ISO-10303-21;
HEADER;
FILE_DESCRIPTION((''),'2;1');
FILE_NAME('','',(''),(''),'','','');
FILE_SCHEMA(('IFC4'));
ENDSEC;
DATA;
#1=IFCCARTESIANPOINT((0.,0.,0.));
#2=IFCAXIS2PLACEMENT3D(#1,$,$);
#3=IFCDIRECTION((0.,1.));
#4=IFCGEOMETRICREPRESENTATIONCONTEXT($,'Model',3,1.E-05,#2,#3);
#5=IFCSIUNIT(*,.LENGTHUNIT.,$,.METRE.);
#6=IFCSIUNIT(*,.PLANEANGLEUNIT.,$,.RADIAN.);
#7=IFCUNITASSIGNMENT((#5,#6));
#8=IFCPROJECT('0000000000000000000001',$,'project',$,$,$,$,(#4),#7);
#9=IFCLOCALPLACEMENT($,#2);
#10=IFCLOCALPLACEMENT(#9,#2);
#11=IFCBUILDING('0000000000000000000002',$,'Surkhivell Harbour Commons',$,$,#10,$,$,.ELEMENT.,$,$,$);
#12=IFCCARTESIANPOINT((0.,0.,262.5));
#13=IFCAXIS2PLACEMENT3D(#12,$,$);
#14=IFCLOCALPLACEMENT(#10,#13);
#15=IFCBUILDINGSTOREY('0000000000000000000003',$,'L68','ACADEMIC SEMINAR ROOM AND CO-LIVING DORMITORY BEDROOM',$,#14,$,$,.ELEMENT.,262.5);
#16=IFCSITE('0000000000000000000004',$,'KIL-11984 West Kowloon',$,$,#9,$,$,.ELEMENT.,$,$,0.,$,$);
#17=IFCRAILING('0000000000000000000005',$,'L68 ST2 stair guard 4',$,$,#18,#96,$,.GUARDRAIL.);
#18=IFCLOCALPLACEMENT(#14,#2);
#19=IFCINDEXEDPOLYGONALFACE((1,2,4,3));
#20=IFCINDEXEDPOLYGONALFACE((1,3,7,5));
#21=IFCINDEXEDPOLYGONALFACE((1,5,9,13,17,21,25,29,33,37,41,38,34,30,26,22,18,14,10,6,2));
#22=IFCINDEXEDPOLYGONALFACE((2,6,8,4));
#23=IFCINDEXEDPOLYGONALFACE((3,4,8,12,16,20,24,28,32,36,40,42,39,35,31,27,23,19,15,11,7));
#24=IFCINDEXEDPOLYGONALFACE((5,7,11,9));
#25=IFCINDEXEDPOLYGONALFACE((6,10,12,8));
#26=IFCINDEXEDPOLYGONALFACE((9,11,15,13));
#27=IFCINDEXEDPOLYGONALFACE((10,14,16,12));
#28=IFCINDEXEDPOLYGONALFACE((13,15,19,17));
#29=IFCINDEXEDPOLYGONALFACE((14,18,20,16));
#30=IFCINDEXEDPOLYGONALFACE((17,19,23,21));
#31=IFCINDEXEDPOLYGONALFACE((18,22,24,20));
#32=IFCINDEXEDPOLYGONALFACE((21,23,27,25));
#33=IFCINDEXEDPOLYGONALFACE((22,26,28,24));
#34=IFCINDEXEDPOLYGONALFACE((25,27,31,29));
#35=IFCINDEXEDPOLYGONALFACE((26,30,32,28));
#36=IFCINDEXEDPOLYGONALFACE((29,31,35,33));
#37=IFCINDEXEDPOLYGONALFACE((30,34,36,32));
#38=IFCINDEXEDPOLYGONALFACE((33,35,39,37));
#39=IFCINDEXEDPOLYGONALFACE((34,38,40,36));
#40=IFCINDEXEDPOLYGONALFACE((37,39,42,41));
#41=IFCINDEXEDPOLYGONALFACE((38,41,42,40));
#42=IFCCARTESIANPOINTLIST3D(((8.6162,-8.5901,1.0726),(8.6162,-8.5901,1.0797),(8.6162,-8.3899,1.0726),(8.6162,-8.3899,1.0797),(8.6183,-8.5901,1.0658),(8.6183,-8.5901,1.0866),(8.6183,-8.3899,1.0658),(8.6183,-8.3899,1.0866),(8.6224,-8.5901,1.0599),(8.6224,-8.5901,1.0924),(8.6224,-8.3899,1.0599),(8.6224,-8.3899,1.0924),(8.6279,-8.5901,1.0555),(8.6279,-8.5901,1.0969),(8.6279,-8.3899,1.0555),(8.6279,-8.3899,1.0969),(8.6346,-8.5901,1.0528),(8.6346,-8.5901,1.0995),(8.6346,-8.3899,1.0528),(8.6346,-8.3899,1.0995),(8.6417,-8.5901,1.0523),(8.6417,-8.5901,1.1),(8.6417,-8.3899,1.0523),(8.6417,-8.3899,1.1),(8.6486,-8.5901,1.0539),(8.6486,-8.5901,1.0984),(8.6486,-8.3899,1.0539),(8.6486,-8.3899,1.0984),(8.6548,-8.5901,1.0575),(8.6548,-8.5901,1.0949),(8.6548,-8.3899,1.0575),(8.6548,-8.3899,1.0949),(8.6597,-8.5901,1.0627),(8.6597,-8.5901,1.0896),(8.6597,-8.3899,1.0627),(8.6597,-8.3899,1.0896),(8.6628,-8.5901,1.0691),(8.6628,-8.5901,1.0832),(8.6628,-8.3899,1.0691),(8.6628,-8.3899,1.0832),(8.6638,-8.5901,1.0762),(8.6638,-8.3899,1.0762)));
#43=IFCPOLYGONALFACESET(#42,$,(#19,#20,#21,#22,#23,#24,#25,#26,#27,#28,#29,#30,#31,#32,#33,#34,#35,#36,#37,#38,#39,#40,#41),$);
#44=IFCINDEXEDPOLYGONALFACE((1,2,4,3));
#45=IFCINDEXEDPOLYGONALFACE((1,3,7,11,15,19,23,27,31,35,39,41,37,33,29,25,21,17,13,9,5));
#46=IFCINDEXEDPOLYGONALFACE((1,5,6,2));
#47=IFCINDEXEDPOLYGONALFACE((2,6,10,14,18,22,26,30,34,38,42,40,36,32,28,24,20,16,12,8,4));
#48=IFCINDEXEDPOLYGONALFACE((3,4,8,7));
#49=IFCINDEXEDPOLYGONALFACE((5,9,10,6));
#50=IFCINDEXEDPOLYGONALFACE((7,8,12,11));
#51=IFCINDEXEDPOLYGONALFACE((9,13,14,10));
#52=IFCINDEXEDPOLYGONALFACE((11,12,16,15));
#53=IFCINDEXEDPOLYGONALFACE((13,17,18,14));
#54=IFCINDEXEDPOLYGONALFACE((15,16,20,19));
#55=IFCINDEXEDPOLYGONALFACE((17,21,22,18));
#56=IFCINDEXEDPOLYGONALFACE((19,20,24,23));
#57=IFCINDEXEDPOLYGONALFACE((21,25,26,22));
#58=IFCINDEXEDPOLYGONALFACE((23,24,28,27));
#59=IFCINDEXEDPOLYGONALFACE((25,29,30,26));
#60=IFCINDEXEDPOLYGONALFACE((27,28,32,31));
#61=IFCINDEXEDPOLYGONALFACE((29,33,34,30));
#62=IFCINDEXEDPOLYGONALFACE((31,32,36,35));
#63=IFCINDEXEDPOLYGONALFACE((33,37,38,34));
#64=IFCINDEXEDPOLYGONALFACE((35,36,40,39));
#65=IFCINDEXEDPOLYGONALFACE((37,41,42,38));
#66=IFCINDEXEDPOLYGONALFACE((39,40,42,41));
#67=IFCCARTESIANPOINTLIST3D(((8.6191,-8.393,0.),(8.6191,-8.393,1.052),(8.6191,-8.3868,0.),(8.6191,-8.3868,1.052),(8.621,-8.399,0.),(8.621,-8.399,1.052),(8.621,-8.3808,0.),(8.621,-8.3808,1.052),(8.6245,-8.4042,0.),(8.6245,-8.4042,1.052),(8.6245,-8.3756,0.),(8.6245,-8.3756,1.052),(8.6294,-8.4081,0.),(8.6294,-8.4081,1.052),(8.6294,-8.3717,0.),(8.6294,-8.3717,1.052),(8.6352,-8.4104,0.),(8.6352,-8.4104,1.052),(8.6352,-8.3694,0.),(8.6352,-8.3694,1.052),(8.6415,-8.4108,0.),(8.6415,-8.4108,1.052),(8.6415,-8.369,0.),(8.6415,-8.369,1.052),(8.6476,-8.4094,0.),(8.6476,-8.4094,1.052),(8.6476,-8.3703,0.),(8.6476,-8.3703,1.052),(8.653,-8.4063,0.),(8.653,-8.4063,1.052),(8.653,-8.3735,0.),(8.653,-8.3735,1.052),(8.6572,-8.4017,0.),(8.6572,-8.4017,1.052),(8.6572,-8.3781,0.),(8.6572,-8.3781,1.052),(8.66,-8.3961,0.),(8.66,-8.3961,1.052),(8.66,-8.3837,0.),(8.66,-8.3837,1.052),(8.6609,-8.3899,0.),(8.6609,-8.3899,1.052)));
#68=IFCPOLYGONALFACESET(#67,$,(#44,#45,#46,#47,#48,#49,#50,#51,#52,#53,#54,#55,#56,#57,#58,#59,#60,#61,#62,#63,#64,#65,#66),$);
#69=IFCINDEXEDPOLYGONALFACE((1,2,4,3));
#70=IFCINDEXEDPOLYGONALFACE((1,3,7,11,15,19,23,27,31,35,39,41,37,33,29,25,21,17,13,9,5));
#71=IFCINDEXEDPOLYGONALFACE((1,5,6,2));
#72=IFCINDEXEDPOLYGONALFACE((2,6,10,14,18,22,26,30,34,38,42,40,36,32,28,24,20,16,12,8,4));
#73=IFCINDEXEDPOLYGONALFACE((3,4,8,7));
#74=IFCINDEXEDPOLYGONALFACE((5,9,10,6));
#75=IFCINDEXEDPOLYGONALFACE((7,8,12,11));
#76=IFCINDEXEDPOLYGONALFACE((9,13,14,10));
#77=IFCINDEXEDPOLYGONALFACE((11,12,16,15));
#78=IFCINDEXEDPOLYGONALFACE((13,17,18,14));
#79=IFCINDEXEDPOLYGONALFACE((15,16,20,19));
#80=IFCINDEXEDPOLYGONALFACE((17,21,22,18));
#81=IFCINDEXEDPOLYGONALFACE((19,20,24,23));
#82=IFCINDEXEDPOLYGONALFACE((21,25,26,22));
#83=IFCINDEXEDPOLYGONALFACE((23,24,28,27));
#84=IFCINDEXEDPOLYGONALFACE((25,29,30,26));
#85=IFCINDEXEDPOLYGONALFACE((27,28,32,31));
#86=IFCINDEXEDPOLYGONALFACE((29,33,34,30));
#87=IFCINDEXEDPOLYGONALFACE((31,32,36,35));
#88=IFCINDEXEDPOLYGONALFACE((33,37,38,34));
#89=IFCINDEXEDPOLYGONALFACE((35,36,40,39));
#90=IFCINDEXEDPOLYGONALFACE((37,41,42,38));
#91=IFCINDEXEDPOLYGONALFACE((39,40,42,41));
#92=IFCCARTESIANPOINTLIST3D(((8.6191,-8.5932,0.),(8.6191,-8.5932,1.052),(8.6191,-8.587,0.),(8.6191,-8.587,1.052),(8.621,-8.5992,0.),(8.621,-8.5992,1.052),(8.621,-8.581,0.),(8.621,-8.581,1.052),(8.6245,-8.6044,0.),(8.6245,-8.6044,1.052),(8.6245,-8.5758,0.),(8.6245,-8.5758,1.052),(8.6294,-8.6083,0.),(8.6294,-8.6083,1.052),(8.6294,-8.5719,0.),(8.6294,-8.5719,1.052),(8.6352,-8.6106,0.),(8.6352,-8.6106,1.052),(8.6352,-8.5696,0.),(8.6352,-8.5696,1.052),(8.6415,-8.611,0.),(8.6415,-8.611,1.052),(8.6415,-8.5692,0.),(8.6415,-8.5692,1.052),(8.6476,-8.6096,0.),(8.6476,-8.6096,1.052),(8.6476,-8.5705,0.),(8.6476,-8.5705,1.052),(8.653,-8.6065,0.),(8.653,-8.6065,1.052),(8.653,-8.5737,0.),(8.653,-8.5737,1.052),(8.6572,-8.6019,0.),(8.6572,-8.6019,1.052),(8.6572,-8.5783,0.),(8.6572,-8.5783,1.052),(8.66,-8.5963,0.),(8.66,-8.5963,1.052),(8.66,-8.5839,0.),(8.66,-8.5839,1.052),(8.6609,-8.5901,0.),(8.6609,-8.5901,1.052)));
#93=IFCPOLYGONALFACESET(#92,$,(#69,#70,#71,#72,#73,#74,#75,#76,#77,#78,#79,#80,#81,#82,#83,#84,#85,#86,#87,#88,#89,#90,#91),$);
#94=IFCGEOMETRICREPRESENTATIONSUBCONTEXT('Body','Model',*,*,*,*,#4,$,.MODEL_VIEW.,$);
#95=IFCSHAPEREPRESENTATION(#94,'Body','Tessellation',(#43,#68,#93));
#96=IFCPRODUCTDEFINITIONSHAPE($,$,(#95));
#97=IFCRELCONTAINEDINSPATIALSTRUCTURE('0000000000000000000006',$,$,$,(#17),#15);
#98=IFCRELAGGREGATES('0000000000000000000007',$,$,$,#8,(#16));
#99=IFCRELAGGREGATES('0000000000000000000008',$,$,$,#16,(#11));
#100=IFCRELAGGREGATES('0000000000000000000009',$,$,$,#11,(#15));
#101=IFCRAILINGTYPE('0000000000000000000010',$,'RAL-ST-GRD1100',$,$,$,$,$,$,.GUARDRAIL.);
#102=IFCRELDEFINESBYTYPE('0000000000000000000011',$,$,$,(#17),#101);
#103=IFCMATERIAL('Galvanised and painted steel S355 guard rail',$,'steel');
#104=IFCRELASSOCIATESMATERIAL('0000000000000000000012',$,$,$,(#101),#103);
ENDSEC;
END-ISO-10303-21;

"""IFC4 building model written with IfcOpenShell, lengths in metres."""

from ifc_helpers import new_model, si_unit, direction, frame, origin, origin_2d, place, context, subcontext, project, spatial, circle, extrude, material, type_object, element, save


model = new_model("IFC4")

# Units and contexts
model_context = context("Model", 3, precision=1e-05, world=origin(), true_north=direction((0.0, 1.0)))
body_context = subcontext(model_context, "Body", "Model", "MODEL_VIEW")
ifc_project = project(units=[si_unit("LENGTHUNIT", "METRE"), si_unit("PLANEANGLEUNIT", "RADIAN")], contexts=[model_context])

# Site, building, storey
site_placement = place(None, origin())
site = spatial("IfcSite", under=ifc_project, at=site_placement, Name="KIL-11984 West Kowloon", CompositionType="ELEMENT", RefElevation=0.0)
building_placement = place(site_placement, origin())
building = spatial("IfcBuilding", under=site, at=building_placement, Name="Surkhivell Harbour Commons", CompositionType="ELEMENT")
storey_placement = place(building_placement, frame((0.0, 0.0, 262.5)))
storey = spatial("IfcBuildingStorey", under=building, at=storey_placement, Name="L68", Description="ACADEMIC SEMINAR ROOM AND CO-LIVING DORMITORY BEDROOM", CompositionType="ELEMENT", Elevation=262.5)

# Railing
ifc_material_1 = material(Name="Galvanised and painted steel S355 guard rail", Category="steel")
railing_type_1 = type_object("IfcRailingType", Name="RAL-ST-GRD1100", PredefinedType="GUARDRAIL", material=ifc_material_1)
railing_1_placement = place(storey_placement, frame((8.6399, -8.3899, 0.0)))
element("IfcRailing", 1, at=railing_1_placement, inside=storey, type_object=railing_type_1, Name="L68 ST2 stair guard 4", PredefinedType="GUARDRAIL", context=body_context, shape_type="SweptSolid", body=[
    extrude(circle(Radius=0.0239, at=origin_2d()), frame((0.0, 0.0, 1.0762), z_axis=(0.0, -1.0, 0.0), x_axis=(1.0, 0.0, 0.0)), (0.0, 0.0, 1.0), 0.2002),
    extrude(circle(Radius=0.021, at=origin_2d()), origin(), (0.0, 0.0, 1.0), 1.052),
    extrude(circle(Radius=0.021, at=origin_2d()), frame((0.0, -0.2002, 0.0)), (0.0, 0.0, 1.0), 1.052),
])

save(model, "model.ifc")
